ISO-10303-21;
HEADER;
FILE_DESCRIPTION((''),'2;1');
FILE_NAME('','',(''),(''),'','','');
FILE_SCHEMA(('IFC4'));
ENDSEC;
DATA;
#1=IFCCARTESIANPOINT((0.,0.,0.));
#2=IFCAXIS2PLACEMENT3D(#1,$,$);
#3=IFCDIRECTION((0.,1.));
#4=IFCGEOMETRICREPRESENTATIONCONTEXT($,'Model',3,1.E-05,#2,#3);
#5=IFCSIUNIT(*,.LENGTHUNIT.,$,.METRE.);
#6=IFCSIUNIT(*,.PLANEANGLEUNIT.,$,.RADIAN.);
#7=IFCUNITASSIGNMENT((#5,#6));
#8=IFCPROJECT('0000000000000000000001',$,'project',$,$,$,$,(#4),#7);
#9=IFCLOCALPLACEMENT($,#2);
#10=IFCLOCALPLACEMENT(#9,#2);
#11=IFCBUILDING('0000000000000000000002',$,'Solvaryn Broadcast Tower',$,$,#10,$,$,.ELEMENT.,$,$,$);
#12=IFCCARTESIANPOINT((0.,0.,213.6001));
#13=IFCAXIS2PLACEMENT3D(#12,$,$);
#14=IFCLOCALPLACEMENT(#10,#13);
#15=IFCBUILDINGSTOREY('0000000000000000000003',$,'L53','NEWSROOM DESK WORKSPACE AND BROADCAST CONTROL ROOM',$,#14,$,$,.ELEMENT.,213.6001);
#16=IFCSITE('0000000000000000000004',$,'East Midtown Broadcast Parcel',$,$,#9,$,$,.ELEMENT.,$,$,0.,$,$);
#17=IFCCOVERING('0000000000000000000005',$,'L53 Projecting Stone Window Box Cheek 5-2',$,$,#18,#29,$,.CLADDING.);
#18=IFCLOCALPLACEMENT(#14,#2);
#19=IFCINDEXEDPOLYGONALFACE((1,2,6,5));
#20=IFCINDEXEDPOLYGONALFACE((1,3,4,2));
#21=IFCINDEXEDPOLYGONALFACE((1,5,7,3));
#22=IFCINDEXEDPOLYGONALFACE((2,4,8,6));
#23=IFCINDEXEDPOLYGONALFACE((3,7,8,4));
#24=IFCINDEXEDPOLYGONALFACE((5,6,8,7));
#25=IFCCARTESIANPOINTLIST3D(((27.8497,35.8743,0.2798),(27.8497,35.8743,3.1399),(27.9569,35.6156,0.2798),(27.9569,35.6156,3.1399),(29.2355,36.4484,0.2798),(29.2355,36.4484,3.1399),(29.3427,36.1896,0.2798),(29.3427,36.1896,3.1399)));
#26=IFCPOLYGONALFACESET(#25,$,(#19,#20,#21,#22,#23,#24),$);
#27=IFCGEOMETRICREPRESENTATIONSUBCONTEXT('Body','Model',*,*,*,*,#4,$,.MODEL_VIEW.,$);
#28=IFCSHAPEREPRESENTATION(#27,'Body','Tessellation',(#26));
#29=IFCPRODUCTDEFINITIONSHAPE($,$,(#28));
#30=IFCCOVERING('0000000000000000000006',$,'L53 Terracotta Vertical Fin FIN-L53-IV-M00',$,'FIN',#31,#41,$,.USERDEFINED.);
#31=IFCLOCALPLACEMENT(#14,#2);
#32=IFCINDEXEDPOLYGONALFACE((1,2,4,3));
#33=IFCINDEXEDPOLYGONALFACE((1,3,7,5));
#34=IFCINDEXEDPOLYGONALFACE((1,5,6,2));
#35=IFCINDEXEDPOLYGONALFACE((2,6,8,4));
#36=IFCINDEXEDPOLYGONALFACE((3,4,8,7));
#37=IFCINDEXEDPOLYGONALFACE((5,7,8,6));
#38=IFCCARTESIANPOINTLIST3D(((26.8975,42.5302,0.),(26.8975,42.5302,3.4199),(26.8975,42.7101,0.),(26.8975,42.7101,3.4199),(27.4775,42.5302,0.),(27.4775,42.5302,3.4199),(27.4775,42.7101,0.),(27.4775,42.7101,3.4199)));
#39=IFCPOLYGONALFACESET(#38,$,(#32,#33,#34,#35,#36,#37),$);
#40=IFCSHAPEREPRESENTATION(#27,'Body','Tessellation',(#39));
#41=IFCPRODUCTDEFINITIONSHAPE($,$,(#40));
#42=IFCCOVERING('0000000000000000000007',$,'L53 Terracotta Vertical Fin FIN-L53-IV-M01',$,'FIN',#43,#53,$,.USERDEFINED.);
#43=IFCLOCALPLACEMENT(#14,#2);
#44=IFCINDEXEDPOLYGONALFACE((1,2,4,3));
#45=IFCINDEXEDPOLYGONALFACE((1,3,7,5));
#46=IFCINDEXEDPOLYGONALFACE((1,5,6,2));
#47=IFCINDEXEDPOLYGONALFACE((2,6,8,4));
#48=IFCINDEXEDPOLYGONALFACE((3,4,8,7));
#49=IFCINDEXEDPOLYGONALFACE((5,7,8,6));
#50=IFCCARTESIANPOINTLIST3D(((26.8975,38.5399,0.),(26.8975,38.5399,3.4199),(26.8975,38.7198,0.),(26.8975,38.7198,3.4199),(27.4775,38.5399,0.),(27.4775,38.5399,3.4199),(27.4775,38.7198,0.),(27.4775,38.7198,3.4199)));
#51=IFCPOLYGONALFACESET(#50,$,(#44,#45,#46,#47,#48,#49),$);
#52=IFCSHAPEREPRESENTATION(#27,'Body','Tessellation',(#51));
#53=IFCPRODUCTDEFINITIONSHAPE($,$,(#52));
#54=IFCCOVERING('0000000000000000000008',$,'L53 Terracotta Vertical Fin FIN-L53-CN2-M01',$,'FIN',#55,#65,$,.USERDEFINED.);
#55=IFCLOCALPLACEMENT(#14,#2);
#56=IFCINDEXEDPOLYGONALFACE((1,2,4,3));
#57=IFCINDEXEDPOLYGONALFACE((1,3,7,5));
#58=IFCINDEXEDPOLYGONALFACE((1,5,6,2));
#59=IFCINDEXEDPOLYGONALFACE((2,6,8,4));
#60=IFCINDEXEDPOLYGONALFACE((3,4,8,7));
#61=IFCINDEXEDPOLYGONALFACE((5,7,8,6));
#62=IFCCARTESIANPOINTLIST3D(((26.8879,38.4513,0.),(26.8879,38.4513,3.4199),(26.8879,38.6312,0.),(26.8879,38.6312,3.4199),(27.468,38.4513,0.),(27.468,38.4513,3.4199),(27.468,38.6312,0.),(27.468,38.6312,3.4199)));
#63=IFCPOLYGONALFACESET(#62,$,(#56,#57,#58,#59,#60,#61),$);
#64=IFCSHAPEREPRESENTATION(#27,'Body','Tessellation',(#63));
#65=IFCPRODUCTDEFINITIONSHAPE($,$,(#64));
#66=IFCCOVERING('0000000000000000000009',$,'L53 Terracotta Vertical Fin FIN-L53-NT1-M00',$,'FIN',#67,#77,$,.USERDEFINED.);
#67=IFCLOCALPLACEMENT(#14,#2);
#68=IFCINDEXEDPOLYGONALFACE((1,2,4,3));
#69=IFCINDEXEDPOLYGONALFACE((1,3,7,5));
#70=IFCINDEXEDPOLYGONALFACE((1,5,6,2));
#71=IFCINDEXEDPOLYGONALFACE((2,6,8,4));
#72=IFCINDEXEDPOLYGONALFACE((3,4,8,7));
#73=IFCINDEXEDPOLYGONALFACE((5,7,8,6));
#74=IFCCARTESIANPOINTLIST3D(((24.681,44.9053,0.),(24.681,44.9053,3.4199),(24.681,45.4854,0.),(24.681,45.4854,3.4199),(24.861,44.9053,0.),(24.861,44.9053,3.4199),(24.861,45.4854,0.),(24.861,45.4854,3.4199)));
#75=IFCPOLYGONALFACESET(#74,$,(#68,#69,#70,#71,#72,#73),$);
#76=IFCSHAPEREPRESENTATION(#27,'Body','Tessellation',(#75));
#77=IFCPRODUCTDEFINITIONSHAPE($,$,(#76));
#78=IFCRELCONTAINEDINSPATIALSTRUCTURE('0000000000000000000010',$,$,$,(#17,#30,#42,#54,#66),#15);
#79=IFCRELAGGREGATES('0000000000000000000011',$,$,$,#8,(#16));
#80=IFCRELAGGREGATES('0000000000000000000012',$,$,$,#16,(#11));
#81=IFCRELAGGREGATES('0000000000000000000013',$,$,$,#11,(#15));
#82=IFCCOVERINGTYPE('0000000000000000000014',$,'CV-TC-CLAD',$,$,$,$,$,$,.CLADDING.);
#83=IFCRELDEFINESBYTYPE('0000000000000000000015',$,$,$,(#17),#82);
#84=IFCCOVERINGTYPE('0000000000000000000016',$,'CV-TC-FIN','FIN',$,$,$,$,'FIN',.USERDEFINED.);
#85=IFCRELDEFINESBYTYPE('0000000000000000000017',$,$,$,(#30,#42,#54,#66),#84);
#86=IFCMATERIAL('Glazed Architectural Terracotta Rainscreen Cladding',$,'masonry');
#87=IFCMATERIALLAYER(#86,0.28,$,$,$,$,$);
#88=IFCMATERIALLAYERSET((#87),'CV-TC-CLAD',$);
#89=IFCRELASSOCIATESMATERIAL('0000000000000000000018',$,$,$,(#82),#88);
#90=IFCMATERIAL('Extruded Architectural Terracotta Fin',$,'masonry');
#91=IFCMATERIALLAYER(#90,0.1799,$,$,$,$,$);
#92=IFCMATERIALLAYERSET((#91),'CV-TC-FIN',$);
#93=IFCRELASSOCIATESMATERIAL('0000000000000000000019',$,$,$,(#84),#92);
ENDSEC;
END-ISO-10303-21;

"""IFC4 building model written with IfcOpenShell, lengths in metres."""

from ifc_helpers import new_model, si_unit, direction, frame, origin, origin_2d, place, context, subcontext, project, spatial, rectangle, extrude, material, layer, layer_set, type_object, element, save


model = new_model("IFC4")

# Units and contexts
model_context = context("Model", 3, precision=1e-05, world=origin(), true_north=direction((0.0, 1.0)))
body_context = subcontext(model_context, "Body", "Model", "MODEL_VIEW")
ifc_project = project(units=[si_unit("LENGTHUNIT", "METRE"), si_unit("PLANEANGLEUNIT", "RADIAN")], contexts=[model_context])

# Site, building, storey
site_placement = place(None, origin())
site = spatial("IfcSite", under=ifc_project, at=site_placement, Name="East Midtown Broadcast Parcel", CompositionType="ELEMENT", RefElevation=0.0)
building_placement = place(site_placement, origin())
building = spatial("IfcBuilding", under=site, at=building_placement, Name="Solvaryn Broadcast Tower", CompositionType="ELEMENT")
storey_placement = place(building_placement, frame((0.0, 0.0, 213.6001)))
storey = spatial("IfcBuildingStorey", under=building, at=storey_placement, Name="L53", Description="NEWSROOM DESK WORKSPACE AND BROADCAST CONTROL ROOM", CompositionType="ELEMENT", Elevation=213.6001)

# Coverings
ifc_material_1 = material(Name="Glazed Architectural Terracotta Rainscreen Cladding", Category="masonry")
ifc_layer_1 = layer(ifc_material_1, 0.28)
ifc_layer_set_1 = layer_set([ifc_layer_1], Name="CV-TC-CLAD")
covering_type_1 = type_object("IfcCoveringType", Name="CV-TC-CLAD", PredefinedType="CLADDING", material=ifc_layer_set_1)
covering_1_placement = place(storey_placement, frame((28.5962, 36.032, 0.2798), z_axis=(0.0, 0.0, 1.0), x_axis=(-0.382683, 0.92388, 0.0)))
element("IfcCovering", 1, at=covering_1_placement, inside=storey, type_object=covering_type_1, Name="L53 Projecting Stone Window Box Cheek 5-2", PredefinedType="CLADDING", context=body_context, shape_type="SweptSolid", body=[
    extrude(rectangle(XDim=0.28, YDim=1.5, at=origin_2d()), origin(), (0.0, 0.0, 1.0), 2.8601),
])
ifc_material_2 = material(Name="Extruded Architectural Terracotta Fin", Category="masonry")
ifc_layer_2 = layer(ifc_material_2, 0.1799)
ifc_layer_set_2 = layer_set([ifc_layer_2], Name="CV-TC-FIN")
covering_type_2 = type_object("IfcCoveringType", Name="CV-TC-FIN", Description="FIN", ElementType="FIN", PredefinedType="USERDEFINED", material=ifc_layer_set_2)
for number, where, z_axis, x_axis, name in (
    (2, (27.1875, 42.6201, 0.0), (0.0, 0.0, 1.0), (1.0, 0.0, 0.0), "L53 Terracotta Vertical Fin FIN-L53-IV-M00"),
    (3, (27.1875, 38.6299, 0.0), (0.0, 0.0, 1.0), (1.0, 0.0, 0.0), "L53 Terracotta Vertical Fin FIN-L53-IV-M01"),
    (4, (27.178, 38.5413, 0.0), (0.0, 0.0, 1.0), (1.0, 0.0, 0.0), "L53 Terracotta Vertical Fin FIN-L53-CN2-M01"),
):
    element("IfcCovering", number, at=place(storey_placement, frame(where, z_axis=z_axis, x_axis=x_axis)), inside=storey, type_object=covering_type_2, Name=name, ObjectType="FIN", PredefinedType="USERDEFINED", context=body_context, shape_type="SweptSolid", body=[
        extrude(rectangle(XDim=0.5801, YDim=0.1799, at=origin_2d()), origin(), (0.0, 0.0, 1.0), 3.4199),
    ])
covering_2_placement = place(storey_placement, frame((24.771, 45.1953, 0.0), z_axis=(0.0, 0.0, 1.0), x_axis=(1.0, 0.0, 0.0)))
element("IfcCovering", 5, at=covering_2_placement, inside=storey, type_object=covering_type_2, Name="L53 Terracotta Vertical Fin FIN-L53-NT1-M00", ObjectType="FIN", PredefinedType="USERDEFINED", context=body_context, shape_type="SweptSolid", body=[
    extrude(rectangle(XDim=0.1799, YDim=0.5801, at=origin_2d()), origin(), (0.0, 0.0, 1.0), 3.4199),
])

save(model, "model.ifc")
